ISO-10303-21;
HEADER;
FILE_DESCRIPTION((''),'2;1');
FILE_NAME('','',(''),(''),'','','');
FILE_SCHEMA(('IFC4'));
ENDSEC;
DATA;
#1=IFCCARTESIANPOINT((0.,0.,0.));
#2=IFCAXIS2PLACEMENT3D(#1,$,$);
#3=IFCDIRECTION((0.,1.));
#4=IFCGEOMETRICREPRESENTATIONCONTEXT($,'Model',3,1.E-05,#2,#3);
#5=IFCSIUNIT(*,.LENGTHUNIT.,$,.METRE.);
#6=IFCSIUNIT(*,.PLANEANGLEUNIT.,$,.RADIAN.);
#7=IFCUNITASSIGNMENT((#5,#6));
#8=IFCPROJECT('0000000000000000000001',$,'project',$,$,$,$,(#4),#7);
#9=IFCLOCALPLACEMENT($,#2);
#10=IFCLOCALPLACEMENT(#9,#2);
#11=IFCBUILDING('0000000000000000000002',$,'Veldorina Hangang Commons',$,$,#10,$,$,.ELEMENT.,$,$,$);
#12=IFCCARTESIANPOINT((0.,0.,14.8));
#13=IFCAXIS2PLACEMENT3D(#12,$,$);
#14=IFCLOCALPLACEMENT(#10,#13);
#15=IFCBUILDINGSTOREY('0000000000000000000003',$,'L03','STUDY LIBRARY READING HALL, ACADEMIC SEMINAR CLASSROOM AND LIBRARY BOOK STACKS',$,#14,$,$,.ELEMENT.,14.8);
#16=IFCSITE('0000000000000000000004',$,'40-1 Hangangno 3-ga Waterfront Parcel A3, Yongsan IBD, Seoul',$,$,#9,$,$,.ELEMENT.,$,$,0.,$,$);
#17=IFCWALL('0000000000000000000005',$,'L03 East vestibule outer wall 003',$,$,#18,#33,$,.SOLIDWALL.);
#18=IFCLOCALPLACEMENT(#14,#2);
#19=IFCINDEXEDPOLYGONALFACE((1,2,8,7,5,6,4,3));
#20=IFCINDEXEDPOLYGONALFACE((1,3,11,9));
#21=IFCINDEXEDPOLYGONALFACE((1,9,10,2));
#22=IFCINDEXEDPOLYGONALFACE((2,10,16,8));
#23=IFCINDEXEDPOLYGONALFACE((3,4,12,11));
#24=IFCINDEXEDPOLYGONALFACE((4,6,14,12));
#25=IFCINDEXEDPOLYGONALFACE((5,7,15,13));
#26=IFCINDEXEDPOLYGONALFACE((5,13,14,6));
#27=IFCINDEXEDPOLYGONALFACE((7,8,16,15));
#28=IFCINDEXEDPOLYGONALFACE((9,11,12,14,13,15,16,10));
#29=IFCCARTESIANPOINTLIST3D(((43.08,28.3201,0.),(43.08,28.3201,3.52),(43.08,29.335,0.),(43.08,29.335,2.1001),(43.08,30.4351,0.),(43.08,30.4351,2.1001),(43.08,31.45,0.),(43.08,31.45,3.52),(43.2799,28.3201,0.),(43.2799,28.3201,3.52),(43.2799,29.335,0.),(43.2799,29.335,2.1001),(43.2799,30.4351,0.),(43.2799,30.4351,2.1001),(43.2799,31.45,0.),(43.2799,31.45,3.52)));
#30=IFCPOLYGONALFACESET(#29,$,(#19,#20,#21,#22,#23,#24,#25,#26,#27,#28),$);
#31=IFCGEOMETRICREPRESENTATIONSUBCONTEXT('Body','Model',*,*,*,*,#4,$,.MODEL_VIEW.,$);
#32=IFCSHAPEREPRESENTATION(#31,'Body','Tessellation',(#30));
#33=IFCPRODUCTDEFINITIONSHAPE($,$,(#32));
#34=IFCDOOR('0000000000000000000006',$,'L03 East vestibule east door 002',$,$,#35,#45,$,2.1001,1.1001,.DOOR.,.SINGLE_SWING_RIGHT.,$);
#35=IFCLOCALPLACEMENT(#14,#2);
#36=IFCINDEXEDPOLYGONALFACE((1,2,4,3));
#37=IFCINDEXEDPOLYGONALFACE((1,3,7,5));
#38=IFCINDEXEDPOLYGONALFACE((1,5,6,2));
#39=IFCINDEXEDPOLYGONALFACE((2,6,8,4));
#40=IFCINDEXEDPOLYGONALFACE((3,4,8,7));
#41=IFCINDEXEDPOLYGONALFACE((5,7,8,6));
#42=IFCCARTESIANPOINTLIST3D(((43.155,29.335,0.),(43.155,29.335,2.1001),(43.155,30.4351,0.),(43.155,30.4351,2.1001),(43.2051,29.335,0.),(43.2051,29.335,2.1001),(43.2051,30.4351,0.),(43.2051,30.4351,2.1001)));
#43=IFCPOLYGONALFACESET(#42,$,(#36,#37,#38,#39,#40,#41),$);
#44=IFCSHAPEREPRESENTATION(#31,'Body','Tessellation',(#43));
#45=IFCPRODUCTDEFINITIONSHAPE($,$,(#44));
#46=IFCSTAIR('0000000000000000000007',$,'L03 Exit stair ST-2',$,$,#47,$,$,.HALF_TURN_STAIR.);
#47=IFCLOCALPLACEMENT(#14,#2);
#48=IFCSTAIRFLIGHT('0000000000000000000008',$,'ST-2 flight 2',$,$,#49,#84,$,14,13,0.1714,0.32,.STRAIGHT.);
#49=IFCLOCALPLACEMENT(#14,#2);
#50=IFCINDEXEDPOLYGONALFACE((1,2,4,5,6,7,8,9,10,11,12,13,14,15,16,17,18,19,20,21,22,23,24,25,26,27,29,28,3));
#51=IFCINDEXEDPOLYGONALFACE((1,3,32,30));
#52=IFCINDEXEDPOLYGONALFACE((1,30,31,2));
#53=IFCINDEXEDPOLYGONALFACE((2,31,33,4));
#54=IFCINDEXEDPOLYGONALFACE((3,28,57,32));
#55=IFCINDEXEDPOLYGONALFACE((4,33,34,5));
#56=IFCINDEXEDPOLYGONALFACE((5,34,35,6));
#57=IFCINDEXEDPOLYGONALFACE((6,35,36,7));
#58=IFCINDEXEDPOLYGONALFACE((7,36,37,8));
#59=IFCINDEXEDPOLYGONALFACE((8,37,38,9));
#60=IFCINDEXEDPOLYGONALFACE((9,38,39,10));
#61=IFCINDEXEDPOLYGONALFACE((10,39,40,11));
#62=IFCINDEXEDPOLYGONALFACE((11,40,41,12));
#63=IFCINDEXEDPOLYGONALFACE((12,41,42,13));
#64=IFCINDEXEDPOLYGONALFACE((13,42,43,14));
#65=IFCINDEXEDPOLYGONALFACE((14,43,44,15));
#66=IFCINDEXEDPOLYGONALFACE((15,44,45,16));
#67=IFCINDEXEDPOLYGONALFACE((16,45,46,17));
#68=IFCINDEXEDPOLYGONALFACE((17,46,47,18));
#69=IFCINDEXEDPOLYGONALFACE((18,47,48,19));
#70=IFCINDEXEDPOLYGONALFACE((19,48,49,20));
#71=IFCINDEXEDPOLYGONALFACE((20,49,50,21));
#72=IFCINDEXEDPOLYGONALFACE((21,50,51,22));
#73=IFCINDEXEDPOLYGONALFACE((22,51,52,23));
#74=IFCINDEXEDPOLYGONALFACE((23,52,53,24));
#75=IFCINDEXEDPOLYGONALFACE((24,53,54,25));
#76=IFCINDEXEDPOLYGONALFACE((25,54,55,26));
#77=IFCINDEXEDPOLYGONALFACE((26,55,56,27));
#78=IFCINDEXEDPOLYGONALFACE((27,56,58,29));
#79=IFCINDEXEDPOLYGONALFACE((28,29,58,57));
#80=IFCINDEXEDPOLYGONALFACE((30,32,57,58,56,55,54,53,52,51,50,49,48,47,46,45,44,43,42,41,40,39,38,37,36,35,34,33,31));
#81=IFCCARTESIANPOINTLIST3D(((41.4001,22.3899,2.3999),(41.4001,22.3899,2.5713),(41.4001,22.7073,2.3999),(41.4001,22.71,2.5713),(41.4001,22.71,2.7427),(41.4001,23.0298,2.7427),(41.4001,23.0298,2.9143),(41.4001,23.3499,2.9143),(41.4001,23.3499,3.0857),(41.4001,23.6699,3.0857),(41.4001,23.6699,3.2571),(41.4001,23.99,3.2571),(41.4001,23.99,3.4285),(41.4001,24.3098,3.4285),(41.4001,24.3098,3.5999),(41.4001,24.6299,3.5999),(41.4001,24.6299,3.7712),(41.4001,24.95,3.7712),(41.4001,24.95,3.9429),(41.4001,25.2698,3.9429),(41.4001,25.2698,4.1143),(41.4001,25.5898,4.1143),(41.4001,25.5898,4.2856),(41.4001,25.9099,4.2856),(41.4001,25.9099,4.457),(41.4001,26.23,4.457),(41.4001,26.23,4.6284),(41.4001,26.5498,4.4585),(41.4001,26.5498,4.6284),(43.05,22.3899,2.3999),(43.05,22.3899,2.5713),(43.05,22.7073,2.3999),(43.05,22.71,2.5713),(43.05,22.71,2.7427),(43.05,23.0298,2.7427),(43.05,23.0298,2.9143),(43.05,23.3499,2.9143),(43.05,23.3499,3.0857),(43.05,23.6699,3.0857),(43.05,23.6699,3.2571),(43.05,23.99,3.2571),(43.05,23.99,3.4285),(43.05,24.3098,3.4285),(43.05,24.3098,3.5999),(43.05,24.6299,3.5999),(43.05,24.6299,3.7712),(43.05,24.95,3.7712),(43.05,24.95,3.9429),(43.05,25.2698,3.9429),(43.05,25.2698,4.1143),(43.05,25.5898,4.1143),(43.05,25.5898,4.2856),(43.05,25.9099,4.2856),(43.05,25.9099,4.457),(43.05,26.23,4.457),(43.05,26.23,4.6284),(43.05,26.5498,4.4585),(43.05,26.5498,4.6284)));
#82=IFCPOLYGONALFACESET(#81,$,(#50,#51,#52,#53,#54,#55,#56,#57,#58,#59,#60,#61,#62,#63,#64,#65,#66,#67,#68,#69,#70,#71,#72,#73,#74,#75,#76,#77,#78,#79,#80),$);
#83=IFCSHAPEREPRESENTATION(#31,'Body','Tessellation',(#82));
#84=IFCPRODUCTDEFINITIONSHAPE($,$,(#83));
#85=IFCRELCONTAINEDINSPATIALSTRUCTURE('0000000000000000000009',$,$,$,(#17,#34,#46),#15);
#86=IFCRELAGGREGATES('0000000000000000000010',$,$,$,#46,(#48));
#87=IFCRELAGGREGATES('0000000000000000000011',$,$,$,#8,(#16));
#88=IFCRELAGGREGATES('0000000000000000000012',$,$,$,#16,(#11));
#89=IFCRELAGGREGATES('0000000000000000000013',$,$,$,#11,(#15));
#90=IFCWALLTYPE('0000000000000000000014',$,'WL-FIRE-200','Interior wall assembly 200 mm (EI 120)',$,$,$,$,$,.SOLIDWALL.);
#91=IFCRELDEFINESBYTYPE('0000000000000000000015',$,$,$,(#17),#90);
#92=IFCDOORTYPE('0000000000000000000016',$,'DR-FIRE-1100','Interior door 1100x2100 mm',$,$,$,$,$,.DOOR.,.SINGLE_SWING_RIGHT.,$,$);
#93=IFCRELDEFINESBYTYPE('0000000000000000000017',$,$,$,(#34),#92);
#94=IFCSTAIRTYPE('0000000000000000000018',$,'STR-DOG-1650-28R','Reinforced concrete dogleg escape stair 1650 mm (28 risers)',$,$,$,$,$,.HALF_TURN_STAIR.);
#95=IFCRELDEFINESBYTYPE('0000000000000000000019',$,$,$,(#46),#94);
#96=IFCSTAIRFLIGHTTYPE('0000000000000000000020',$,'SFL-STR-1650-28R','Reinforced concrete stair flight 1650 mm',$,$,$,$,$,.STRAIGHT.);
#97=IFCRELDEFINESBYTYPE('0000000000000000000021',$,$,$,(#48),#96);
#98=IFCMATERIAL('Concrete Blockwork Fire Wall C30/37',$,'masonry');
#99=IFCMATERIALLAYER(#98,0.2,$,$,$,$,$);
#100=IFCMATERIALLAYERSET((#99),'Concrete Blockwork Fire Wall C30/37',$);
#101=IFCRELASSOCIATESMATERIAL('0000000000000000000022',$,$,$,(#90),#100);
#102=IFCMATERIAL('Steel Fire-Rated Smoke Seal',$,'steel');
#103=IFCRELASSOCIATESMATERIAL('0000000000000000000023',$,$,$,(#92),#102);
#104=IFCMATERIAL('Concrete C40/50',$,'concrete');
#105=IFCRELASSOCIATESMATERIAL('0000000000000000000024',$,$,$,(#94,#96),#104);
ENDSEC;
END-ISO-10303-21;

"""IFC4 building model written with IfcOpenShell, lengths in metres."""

from ifc_helpers import new_model, si_unit, direction, frame, frame_2d, origin, place, context, subcontext, project, spatial, polyline, rectangle, outline, extrude, material, layer, layer_set, type_object, element, fill, aggregate, save


model = new_model("IFC4")

# Units and contexts
model_context = context("Model", 3, precision=1e-05, world=origin(), true_north=direction((0.0, 1.0)))
body_context = subcontext(model_context, "Body", "Model", "MODEL_VIEW")
ifc_project = project(units=[si_unit("LENGTHUNIT", "METRE"), si_unit("PLANEANGLEUNIT", "RADIAN")], contexts=[model_context])

# Site, building, storey
site_placement = place(None, origin())
site = spatial("IfcSite", under=ifc_project, at=site_placement, Name="40-1 Hangangno 3-ga Waterfront Parcel A3, Yongsan IBD, Seoul", CompositionType="ELEMENT", RefElevation=0.0)
building_placement = place(site_placement, origin())
building = spatial("IfcBuilding", under=site, at=building_placement, Name="Veldorina Hangang Commons", CompositionType="ELEMENT")
storey_placement = place(building_placement, frame((0.0, 0.0, 14.8)))
storey = spatial("IfcBuildingStorey", under=building, at=storey_placement, Name="L03", Description="STUDY LIBRARY READING HALL, ACADEMIC SEMINAR CLASSROOM AND LIBRARY BOOK STACKS", CompositionType="ELEMENT", Elevation=14.8)

# Wall, opening, door
ifc_material_1 = material(Name="Concrete Blockwork Fire Wall C30/37", Category="masonry")
ifc_layer_1 = layer(ifc_material_1, 0.2)
ifc_layer_set_1 = layer_set([ifc_layer_1], Name="Concrete Blockwork Fire Wall C30/37")
wall_type_1 = type_object("IfcWallType", Name="WL-FIRE-200", Description="Interior wall assembly 200 mm (EI 120)", PredefinedType="SOLIDWALL", material=ifc_layer_set_1)
wall_1_placement = place(storey_placement, frame((43.1799, 28.3201, 0.0), z_axis=(0.0, 0.0, 1.0), x_axis=(0.0, 1.0, 0.0)))
wall_1 = element("IfcWall", 1, at=wall_1_placement, inside=storey, type_object=wall_type_1, Name="L03 East vestibule outer wall 003", PredefinedType="SOLIDWALL", context=body_context, shape_type="SweptSolid", body=[
    extrude(rectangle(XDim=3.1299, YDim=0.2, at=frame_2d((1.5649, 0.0))), origin(), (0.0, 0.0, 1.0), 3.52),
])
opening_1_placement = place(wall_1_placement, frame((1.0149, 0.0, 0.0)))
opening_1 = element("IfcOpeningElement", 2, at=opening_1_placement, cuts=wall_1, PredefinedType="OPENING", context=body_context, shape_type="SweptSolid", body=[
    extrude(rectangle(XDim=1.1001, YDim=2.1001, at=frame_2d((0.55, 1.05))), frame((0.0, 0.1099, 0.0), z_axis=(0.0, -1.0, 0.0), x_axis=(1.0, 0.0, 0.0)), (0.0, 0.0, 1.0), 0.22),
])
ifc_material_2 = material(Name="Steel Fire-Rated Smoke Seal", Category="steel")
door_type_1 = type_object("IfcDoorType", Name="DR-FIRE-1100", Description="Interior door 1100x2100 mm", OperationType="SINGLE_SWING_RIGHT", PredefinedType="DOOR", material=ifc_material_2)
door_1_placement = place(opening_1_placement, origin())
door_1 = element("IfcDoor", 3, at=door_1_placement, inside=storey, type_object=door_type_1, Name="L03 East vestibule east door 002", OperationType="SINGLE_SWING_RIGHT", OverallHeight=2.1001, OverallWidth=1.1001, PredefinedType="DOOR", context=body_context, shape_type="SweptSolid", body=[
    extrude(rectangle(XDim=1.1001, YDim=2.1001, at=frame_2d((0.55, 1.05))), frame((0.0, 0.0249, 0.0), z_axis=(0.0, -1.0, 0.0), x_axis=(1.0, 0.0, 0.0)), (0.0, 0.0, 1.0), 0.05),
])
fill(opening_1, door_1)

# Stair, stair flight
ifc_material_3 = material(Name="Concrete C40/50", Category="concrete")
stair_type = type_object("IfcStairType", Name="STR-DOG-1650-28R", Description="Reinforced concrete dogleg escape stair 1650 mm (28 risers)", PredefinedType="HALF_TURN_STAIR", material=ifc_material_3)
stair_placement = place(storey_placement, origin())
stair = element("IfcStair", 4, at=stair_placement, inside=storey, type_object=stair_type, Name="L03 Exit stair ST-2", PredefinedType="HALF_TURN_STAIR")
stair_flight_type = type_object("IfcStairFlightType", Name="SFL-STR-1650-28R", Description="Reinforced concrete stair flight 1650 mm", PredefinedType="STRAIGHT", material=ifc_material_3)
stair_flight_placement = place(storey_placement, frame((42.2251, 22.3899, 2.3999), z_axis=(0.0, 0.0, 1.0), x_axis=(0.0, 1.0, 0.0)))
stair_flight = element("IfcStairFlight", 5, at=stair_flight_placement, type_object=stair_flight_type, Name="ST-2 flight 2", NumberOfRisers=14, NumberOfTreads=13, PredefinedType="STRAIGHT", RiserHeight=0.1714, TreadLength=0.32, context=body_context, shape_type="SweptSolid", body=[
    extrude(outline(polyline([(0.0, 0.0), (0.0, 0.1714), (0.3201, 0.1714), (0.3201, 0.3428), (0.6399, 0.3428), (0.6399, 0.5144), (0.96, 0.5144), (0.96, 0.6858), (1.28, 0.6858), (1.28, 0.8572), (1.6001, 0.8572), (1.6001, 1.0286), (1.9199, 1.0286), (1.9199, 1.2), (2.24, 1.2), (2.24, 1.3713), (2.5601, 1.3713), (2.5601, 1.543), (2.8799, 1.543), (2.8799, 1.7144), (3.2, 1.7144), (3.2, 1.8857), (3.52, 1.8857), (3.52, 2.0571), (3.8401, 2.0571), (3.8401, 2.2285), (4.1599, 2.2285), (4.1599, 2.3999), (4.1599, 2.0586), (0.3174, 0.0), (0.0, 0.0)])), frame((0.0, 0.825, 0.0), z_axis=(0.0, -1.0, 0.0), x_axis=(1.0, 0.0, 0.0)), (0.0, 0.0, 1.0), 1.6499),
])
aggregate(stair, [stair_flight])

save(model, "model.ifc")
